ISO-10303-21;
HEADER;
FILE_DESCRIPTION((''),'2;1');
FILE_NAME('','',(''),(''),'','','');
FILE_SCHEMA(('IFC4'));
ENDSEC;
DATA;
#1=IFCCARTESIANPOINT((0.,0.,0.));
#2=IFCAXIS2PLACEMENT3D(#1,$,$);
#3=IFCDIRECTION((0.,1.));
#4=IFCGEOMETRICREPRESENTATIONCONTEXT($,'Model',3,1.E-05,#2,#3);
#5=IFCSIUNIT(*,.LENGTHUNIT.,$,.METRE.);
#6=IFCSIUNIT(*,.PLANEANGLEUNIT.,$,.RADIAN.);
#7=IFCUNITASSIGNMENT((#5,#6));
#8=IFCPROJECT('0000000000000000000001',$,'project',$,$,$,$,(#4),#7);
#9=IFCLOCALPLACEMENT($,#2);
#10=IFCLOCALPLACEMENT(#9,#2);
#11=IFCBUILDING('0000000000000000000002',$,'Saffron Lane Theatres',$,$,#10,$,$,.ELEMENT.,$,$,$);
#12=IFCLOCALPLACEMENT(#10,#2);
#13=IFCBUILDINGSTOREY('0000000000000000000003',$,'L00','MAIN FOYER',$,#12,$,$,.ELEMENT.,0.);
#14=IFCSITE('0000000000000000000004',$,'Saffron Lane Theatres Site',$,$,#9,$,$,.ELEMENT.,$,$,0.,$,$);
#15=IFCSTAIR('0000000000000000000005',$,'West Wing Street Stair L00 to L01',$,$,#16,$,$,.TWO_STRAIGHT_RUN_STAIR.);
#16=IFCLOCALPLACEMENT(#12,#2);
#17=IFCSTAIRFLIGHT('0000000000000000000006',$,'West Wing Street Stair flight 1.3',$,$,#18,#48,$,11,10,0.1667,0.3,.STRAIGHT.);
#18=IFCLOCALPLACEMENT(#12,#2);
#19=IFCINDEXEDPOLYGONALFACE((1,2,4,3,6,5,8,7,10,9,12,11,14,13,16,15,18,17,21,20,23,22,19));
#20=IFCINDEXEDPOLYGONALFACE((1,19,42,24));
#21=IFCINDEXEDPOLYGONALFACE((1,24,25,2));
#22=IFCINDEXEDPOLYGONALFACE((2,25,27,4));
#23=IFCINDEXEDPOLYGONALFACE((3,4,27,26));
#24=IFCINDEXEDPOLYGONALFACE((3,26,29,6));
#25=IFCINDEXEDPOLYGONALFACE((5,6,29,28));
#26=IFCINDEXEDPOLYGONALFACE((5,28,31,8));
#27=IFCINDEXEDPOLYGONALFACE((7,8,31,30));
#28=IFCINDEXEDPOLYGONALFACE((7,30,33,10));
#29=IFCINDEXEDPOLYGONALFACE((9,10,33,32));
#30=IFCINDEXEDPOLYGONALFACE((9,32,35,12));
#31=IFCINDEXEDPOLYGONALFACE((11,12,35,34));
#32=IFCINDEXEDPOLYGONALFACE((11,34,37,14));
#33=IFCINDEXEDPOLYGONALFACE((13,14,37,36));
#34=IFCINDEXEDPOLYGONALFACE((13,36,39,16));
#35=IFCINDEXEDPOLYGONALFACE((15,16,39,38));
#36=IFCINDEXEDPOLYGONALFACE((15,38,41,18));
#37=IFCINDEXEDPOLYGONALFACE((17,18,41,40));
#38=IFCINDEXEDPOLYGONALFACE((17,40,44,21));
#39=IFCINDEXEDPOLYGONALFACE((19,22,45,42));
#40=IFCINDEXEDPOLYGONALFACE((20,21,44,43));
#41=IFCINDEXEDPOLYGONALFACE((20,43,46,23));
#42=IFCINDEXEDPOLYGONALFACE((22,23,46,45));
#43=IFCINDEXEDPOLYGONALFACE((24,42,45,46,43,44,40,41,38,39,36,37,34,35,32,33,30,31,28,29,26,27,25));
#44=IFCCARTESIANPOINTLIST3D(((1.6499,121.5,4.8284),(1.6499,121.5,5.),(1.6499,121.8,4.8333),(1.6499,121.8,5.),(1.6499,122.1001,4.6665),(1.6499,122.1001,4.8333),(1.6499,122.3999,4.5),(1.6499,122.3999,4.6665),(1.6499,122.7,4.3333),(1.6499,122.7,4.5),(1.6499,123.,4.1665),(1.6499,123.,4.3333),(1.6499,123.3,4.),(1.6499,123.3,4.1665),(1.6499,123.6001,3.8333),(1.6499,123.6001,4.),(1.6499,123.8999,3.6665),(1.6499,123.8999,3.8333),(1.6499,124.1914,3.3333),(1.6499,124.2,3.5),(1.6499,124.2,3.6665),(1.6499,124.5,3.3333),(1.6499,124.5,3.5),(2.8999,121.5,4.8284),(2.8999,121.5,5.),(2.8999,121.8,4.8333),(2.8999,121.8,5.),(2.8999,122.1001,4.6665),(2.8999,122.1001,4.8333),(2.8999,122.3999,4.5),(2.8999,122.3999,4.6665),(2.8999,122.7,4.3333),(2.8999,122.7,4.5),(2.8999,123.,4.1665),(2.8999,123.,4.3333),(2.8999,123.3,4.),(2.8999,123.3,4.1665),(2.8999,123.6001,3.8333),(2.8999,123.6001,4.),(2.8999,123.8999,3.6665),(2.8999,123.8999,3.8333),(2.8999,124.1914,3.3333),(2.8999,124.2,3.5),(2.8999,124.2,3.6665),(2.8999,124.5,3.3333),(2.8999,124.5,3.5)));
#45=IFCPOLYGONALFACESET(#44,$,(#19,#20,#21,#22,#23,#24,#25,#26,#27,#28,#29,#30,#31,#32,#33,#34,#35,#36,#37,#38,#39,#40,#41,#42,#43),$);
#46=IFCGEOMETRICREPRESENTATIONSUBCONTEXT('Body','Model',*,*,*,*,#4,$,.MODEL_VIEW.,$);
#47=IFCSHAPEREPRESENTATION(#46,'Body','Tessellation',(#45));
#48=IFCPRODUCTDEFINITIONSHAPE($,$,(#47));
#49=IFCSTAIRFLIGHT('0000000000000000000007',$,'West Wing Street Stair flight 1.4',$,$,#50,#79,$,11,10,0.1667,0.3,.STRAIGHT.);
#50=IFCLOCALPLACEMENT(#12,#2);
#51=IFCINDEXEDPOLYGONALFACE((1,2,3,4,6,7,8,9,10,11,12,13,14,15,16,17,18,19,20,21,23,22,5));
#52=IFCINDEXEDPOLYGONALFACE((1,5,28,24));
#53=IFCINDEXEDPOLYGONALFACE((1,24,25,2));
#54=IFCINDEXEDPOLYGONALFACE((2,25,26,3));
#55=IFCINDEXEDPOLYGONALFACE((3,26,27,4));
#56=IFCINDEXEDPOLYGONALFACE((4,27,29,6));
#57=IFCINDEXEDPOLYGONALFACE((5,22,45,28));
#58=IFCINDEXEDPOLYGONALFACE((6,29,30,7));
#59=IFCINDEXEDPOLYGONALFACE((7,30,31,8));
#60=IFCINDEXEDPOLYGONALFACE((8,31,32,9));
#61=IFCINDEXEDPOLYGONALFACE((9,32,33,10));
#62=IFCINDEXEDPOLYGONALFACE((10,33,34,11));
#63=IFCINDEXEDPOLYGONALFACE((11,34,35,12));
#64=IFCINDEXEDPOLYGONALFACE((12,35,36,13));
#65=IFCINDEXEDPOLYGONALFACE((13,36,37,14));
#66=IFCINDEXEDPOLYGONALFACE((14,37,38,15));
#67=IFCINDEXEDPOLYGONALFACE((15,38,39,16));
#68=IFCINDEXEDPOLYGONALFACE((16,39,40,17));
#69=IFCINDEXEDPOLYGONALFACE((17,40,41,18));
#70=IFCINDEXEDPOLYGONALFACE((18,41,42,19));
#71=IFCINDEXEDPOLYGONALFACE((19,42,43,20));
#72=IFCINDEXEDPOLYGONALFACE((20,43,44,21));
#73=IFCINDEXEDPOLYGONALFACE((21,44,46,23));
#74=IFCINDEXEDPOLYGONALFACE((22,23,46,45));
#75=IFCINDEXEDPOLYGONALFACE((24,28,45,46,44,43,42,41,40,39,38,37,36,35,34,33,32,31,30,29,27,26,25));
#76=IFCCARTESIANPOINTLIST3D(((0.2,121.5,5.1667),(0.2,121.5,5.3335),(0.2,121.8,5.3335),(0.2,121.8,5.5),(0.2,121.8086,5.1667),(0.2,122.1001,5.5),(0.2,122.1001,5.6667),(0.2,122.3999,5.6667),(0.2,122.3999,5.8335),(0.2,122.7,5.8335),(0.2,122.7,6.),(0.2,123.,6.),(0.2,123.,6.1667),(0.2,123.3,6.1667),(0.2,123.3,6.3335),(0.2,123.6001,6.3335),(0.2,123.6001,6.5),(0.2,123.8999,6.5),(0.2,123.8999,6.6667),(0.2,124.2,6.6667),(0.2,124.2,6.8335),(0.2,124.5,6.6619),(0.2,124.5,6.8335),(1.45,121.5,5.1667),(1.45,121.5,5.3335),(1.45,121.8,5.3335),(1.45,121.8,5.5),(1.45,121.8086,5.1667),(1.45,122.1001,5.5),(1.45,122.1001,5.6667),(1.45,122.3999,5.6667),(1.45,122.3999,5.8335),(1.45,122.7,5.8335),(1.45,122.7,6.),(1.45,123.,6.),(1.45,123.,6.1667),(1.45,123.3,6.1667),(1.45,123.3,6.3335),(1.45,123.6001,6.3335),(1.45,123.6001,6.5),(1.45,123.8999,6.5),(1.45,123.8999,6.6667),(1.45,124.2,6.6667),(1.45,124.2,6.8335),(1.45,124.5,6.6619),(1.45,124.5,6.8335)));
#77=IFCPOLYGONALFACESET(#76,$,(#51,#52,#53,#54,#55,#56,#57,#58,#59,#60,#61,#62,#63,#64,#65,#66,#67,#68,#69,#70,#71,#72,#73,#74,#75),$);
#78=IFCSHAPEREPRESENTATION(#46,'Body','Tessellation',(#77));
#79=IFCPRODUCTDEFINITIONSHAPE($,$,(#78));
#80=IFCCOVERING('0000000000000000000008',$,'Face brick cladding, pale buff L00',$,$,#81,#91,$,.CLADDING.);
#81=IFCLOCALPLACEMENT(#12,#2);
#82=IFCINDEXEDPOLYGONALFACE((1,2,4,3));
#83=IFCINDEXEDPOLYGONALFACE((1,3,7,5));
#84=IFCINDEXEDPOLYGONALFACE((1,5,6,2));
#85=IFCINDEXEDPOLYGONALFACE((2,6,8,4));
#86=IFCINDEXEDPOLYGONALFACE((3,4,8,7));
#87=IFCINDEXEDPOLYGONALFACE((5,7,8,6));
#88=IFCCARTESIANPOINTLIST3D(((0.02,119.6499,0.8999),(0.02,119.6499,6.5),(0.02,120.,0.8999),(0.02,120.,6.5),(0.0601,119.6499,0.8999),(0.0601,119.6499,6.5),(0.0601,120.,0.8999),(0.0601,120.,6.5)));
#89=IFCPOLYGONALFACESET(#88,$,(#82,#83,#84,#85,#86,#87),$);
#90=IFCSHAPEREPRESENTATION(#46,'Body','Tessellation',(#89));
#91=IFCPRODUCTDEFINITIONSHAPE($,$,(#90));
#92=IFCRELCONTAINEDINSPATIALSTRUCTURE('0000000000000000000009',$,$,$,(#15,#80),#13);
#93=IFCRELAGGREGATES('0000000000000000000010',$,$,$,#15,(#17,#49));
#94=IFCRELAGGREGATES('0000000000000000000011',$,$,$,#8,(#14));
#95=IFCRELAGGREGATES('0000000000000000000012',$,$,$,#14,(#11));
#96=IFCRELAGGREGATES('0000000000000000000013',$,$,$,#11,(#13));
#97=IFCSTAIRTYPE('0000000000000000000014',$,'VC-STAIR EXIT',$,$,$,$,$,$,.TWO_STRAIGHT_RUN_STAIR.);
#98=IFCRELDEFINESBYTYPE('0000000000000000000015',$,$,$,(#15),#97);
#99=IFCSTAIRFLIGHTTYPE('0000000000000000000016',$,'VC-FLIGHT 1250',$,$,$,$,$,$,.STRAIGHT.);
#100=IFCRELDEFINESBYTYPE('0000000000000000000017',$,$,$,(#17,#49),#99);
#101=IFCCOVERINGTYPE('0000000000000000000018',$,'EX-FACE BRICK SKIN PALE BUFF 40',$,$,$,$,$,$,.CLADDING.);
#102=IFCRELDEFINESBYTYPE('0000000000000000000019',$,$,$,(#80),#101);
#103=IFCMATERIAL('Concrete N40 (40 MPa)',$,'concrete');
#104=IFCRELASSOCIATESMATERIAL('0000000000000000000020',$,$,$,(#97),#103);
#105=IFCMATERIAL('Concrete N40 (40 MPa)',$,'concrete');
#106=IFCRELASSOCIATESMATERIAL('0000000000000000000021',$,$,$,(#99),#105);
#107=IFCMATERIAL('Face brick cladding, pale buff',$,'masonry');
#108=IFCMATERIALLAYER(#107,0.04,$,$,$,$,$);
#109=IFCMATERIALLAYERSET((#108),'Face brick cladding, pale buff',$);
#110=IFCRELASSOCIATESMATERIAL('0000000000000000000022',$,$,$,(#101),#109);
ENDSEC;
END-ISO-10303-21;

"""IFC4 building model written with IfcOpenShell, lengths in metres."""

from ifc_helpers import new_model, si_unit, direction, frame, origin, origin_2d, place, context, subcontext, project, spatial, polyline, rectangle, outline, extrude, material, layer, layer_set, type_object, element, aggregate, save


model = new_model("IFC4")

# Units and contexts
model_context = context("Model", 3, precision=1e-05, world=origin(), true_north=direction((0.0, 1.0)))
body_context = subcontext(model_context, "Body", "Model", "MODEL_VIEW")
ifc_project = project(units=[si_unit("LENGTHUNIT", "METRE"), si_unit("PLANEANGLEUNIT", "RADIAN")], contexts=[model_context])

# Site, building, storey
site_placement = place(None, origin())
site = spatial("IfcSite", under=ifc_project, at=site_placement, Name="Saffron Lane Theatres Site", CompositionType="ELEMENT", RefElevation=0.0)
building_placement = place(site_placement, origin())
building = spatial("IfcBuilding", under=site, at=building_placement, Name="Saffron Lane Theatres", CompositionType="ELEMENT")
storey_placement = place(building_placement, origin())
storey = spatial("IfcBuildingStorey", under=building, at=storey_placement, Name="L00", Description="MAIN FOYER", CompositionType="ELEMENT", Elevation=0.0)

# Stair, stair flights
ifc_material_1 = material(Name="Concrete N40 (40 MPa)", Category="concrete")
stair_type = type_object("IfcStairType", Name="VC-STAIR EXIT", PredefinedType="TWO_STRAIGHT_RUN_STAIR", material=ifc_material_1)
stair_placement = place(storey_placement, origin())
stair = element("IfcStair", 1, at=stair_placement, inside=storey, type_object=stair_type, Name="West Wing Street Stair L00 to L01", PredefinedType="TWO_STRAIGHT_RUN_STAIR")
ifc_material_2 = material(Name="Concrete N40 (40 MPa)", Category="concrete")
stair_flight_type = type_object("IfcStairFlightType", Name="VC-FLIGHT 1250", PredefinedType="STRAIGHT", material=ifc_material_2)
stair_flight_1_placement = place(storey_placement, frame((2.2749, 124.5, 3.3333), z_axis=(0.0, 0.0, 1.0), x_axis=(0.0, -1.0, 0.0)))
stair_flight_1 = element("IfcStairFlight", 2, at=stair_flight_1_placement, type_object=stair_flight_type, Name="West Wing Street Stair flight 1.3", NumberOfRisers=11, NumberOfTreads=10, PredefinedType="STRAIGHT", RiserHeight=0.1667, TreadLength=0.3, context=body_context, shape_type="SweptSolid", body=[
    extrude(outline(polyline([(0.0, 0.0), (0.0, 0.1667), (0.3, 0.1667), (0.3, 0.3333), (0.6001, 0.3333), (0.6001, 0.5), (0.8999, 0.5), (0.8999, 0.6667), (1.2, 0.6667), (1.2, 0.8333), (1.5, 0.8333), (1.5, 1.0), (1.8, 1.0), (1.8, 1.1667), (2.1001, 1.1667), (2.1001, 1.3333), (2.3999, 1.3333), (2.3999, 1.5), (2.7, 1.5), (2.7, 1.6667), (3.0, 1.6667), (3.0, 1.8333), (3.0, 1.4951), (0.3086, 0.0), (0.0, 0.0)])), frame((0.0, 0.625, 0.0), z_axis=(0.0, -1.0, 0.0), x_axis=(1.0, 0.0, 0.0)), (0.0, 0.0, 1.0), 1.25),
])
stair_flight_2_placement = place(storey_placement, frame((0.825, 121.5, 5.1667), z_axis=(0.0, 0.0, 1.0), x_axis=(0.0, 1.0, 0.0)))
stair_flight_2 = element("IfcStairFlight", 3, at=stair_flight_2_placement, type_object=stair_flight_type, Name="West Wing Street Stair flight 1.4", NumberOfRisers=11, NumberOfTreads=10, PredefinedType="STRAIGHT", RiserHeight=0.1667, TreadLength=0.3, context=body_context, shape_type="SweptSolid", body=[
    extrude(outline(polyline([(0.0, 0.0), (0.0, 0.1667), (0.3, 0.1667), (0.3, 0.3333), (0.6001, 0.3333), (0.6001, 0.5), (0.8999, 0.5), (0.8999, 0.6667), (1.2, 0.6667), (1.2, 0.8333), (1.5, 0.8333), (1.5, 1.0), (1.8, 1.0), (1.8, 1.1667), (2.1001, 1.1667), (2.1001, 1.3333), (2.3999, 1.3333), (2.3999, 1.5), (2.7, 1.5), (2.7, 1.6667), (3.0, 1.6667), (3.0, 1.8333), (3.0, 1.4951), (0.3086, 0.0), (0.0, 0.0)])), frame((0.0, 0.625, 0.0), z_axis=(0.0, -1.0, 0.0), x_axis=(1.0, 0.0, 0.0)), (0.0, 0.0, 1.0), 1.25),
])
aggregate(stair, [stair_flight_1, stair_flight_2])

# Covering
ifc_material_3 = material(Name="Face brick cladding, pale buff", Category="masonry")
ifc_layer_1 = layer(ifc_material_3, 0.04)
ifc_layer_set_1 = layer_set([ifc_layer_1], Name="Face brick cladding, pale buff")
covering_type = type_object("IfcCoveringType", Name="EX-FACE BRICK SKIN PALE BUFF 40", PredefinedType="CLADDING", material=ifc_layer_set_1)
covering_placement = place(storey_placement, frame((0.04, 119.825, 0.8999), z_axis=(0.0, 0.0, 1.0), x_axis=(0.0, 1.0, 0.0)))
element("IfcCovering", 4, at=covering_placement, inside=storey, type_object=covering_type, Name="Face brick cladding, pale buff L00", PredefinedType="CLADDING", context=body_context, shape_type="SweptSolid", body=[
    extrude(rectangle(XDim=0.3501, YDim=0.04, at=origin_2d()), origin(), (0.0, 0.0, 1.0), 5.6001),
])

save(model, "model.ifc")
